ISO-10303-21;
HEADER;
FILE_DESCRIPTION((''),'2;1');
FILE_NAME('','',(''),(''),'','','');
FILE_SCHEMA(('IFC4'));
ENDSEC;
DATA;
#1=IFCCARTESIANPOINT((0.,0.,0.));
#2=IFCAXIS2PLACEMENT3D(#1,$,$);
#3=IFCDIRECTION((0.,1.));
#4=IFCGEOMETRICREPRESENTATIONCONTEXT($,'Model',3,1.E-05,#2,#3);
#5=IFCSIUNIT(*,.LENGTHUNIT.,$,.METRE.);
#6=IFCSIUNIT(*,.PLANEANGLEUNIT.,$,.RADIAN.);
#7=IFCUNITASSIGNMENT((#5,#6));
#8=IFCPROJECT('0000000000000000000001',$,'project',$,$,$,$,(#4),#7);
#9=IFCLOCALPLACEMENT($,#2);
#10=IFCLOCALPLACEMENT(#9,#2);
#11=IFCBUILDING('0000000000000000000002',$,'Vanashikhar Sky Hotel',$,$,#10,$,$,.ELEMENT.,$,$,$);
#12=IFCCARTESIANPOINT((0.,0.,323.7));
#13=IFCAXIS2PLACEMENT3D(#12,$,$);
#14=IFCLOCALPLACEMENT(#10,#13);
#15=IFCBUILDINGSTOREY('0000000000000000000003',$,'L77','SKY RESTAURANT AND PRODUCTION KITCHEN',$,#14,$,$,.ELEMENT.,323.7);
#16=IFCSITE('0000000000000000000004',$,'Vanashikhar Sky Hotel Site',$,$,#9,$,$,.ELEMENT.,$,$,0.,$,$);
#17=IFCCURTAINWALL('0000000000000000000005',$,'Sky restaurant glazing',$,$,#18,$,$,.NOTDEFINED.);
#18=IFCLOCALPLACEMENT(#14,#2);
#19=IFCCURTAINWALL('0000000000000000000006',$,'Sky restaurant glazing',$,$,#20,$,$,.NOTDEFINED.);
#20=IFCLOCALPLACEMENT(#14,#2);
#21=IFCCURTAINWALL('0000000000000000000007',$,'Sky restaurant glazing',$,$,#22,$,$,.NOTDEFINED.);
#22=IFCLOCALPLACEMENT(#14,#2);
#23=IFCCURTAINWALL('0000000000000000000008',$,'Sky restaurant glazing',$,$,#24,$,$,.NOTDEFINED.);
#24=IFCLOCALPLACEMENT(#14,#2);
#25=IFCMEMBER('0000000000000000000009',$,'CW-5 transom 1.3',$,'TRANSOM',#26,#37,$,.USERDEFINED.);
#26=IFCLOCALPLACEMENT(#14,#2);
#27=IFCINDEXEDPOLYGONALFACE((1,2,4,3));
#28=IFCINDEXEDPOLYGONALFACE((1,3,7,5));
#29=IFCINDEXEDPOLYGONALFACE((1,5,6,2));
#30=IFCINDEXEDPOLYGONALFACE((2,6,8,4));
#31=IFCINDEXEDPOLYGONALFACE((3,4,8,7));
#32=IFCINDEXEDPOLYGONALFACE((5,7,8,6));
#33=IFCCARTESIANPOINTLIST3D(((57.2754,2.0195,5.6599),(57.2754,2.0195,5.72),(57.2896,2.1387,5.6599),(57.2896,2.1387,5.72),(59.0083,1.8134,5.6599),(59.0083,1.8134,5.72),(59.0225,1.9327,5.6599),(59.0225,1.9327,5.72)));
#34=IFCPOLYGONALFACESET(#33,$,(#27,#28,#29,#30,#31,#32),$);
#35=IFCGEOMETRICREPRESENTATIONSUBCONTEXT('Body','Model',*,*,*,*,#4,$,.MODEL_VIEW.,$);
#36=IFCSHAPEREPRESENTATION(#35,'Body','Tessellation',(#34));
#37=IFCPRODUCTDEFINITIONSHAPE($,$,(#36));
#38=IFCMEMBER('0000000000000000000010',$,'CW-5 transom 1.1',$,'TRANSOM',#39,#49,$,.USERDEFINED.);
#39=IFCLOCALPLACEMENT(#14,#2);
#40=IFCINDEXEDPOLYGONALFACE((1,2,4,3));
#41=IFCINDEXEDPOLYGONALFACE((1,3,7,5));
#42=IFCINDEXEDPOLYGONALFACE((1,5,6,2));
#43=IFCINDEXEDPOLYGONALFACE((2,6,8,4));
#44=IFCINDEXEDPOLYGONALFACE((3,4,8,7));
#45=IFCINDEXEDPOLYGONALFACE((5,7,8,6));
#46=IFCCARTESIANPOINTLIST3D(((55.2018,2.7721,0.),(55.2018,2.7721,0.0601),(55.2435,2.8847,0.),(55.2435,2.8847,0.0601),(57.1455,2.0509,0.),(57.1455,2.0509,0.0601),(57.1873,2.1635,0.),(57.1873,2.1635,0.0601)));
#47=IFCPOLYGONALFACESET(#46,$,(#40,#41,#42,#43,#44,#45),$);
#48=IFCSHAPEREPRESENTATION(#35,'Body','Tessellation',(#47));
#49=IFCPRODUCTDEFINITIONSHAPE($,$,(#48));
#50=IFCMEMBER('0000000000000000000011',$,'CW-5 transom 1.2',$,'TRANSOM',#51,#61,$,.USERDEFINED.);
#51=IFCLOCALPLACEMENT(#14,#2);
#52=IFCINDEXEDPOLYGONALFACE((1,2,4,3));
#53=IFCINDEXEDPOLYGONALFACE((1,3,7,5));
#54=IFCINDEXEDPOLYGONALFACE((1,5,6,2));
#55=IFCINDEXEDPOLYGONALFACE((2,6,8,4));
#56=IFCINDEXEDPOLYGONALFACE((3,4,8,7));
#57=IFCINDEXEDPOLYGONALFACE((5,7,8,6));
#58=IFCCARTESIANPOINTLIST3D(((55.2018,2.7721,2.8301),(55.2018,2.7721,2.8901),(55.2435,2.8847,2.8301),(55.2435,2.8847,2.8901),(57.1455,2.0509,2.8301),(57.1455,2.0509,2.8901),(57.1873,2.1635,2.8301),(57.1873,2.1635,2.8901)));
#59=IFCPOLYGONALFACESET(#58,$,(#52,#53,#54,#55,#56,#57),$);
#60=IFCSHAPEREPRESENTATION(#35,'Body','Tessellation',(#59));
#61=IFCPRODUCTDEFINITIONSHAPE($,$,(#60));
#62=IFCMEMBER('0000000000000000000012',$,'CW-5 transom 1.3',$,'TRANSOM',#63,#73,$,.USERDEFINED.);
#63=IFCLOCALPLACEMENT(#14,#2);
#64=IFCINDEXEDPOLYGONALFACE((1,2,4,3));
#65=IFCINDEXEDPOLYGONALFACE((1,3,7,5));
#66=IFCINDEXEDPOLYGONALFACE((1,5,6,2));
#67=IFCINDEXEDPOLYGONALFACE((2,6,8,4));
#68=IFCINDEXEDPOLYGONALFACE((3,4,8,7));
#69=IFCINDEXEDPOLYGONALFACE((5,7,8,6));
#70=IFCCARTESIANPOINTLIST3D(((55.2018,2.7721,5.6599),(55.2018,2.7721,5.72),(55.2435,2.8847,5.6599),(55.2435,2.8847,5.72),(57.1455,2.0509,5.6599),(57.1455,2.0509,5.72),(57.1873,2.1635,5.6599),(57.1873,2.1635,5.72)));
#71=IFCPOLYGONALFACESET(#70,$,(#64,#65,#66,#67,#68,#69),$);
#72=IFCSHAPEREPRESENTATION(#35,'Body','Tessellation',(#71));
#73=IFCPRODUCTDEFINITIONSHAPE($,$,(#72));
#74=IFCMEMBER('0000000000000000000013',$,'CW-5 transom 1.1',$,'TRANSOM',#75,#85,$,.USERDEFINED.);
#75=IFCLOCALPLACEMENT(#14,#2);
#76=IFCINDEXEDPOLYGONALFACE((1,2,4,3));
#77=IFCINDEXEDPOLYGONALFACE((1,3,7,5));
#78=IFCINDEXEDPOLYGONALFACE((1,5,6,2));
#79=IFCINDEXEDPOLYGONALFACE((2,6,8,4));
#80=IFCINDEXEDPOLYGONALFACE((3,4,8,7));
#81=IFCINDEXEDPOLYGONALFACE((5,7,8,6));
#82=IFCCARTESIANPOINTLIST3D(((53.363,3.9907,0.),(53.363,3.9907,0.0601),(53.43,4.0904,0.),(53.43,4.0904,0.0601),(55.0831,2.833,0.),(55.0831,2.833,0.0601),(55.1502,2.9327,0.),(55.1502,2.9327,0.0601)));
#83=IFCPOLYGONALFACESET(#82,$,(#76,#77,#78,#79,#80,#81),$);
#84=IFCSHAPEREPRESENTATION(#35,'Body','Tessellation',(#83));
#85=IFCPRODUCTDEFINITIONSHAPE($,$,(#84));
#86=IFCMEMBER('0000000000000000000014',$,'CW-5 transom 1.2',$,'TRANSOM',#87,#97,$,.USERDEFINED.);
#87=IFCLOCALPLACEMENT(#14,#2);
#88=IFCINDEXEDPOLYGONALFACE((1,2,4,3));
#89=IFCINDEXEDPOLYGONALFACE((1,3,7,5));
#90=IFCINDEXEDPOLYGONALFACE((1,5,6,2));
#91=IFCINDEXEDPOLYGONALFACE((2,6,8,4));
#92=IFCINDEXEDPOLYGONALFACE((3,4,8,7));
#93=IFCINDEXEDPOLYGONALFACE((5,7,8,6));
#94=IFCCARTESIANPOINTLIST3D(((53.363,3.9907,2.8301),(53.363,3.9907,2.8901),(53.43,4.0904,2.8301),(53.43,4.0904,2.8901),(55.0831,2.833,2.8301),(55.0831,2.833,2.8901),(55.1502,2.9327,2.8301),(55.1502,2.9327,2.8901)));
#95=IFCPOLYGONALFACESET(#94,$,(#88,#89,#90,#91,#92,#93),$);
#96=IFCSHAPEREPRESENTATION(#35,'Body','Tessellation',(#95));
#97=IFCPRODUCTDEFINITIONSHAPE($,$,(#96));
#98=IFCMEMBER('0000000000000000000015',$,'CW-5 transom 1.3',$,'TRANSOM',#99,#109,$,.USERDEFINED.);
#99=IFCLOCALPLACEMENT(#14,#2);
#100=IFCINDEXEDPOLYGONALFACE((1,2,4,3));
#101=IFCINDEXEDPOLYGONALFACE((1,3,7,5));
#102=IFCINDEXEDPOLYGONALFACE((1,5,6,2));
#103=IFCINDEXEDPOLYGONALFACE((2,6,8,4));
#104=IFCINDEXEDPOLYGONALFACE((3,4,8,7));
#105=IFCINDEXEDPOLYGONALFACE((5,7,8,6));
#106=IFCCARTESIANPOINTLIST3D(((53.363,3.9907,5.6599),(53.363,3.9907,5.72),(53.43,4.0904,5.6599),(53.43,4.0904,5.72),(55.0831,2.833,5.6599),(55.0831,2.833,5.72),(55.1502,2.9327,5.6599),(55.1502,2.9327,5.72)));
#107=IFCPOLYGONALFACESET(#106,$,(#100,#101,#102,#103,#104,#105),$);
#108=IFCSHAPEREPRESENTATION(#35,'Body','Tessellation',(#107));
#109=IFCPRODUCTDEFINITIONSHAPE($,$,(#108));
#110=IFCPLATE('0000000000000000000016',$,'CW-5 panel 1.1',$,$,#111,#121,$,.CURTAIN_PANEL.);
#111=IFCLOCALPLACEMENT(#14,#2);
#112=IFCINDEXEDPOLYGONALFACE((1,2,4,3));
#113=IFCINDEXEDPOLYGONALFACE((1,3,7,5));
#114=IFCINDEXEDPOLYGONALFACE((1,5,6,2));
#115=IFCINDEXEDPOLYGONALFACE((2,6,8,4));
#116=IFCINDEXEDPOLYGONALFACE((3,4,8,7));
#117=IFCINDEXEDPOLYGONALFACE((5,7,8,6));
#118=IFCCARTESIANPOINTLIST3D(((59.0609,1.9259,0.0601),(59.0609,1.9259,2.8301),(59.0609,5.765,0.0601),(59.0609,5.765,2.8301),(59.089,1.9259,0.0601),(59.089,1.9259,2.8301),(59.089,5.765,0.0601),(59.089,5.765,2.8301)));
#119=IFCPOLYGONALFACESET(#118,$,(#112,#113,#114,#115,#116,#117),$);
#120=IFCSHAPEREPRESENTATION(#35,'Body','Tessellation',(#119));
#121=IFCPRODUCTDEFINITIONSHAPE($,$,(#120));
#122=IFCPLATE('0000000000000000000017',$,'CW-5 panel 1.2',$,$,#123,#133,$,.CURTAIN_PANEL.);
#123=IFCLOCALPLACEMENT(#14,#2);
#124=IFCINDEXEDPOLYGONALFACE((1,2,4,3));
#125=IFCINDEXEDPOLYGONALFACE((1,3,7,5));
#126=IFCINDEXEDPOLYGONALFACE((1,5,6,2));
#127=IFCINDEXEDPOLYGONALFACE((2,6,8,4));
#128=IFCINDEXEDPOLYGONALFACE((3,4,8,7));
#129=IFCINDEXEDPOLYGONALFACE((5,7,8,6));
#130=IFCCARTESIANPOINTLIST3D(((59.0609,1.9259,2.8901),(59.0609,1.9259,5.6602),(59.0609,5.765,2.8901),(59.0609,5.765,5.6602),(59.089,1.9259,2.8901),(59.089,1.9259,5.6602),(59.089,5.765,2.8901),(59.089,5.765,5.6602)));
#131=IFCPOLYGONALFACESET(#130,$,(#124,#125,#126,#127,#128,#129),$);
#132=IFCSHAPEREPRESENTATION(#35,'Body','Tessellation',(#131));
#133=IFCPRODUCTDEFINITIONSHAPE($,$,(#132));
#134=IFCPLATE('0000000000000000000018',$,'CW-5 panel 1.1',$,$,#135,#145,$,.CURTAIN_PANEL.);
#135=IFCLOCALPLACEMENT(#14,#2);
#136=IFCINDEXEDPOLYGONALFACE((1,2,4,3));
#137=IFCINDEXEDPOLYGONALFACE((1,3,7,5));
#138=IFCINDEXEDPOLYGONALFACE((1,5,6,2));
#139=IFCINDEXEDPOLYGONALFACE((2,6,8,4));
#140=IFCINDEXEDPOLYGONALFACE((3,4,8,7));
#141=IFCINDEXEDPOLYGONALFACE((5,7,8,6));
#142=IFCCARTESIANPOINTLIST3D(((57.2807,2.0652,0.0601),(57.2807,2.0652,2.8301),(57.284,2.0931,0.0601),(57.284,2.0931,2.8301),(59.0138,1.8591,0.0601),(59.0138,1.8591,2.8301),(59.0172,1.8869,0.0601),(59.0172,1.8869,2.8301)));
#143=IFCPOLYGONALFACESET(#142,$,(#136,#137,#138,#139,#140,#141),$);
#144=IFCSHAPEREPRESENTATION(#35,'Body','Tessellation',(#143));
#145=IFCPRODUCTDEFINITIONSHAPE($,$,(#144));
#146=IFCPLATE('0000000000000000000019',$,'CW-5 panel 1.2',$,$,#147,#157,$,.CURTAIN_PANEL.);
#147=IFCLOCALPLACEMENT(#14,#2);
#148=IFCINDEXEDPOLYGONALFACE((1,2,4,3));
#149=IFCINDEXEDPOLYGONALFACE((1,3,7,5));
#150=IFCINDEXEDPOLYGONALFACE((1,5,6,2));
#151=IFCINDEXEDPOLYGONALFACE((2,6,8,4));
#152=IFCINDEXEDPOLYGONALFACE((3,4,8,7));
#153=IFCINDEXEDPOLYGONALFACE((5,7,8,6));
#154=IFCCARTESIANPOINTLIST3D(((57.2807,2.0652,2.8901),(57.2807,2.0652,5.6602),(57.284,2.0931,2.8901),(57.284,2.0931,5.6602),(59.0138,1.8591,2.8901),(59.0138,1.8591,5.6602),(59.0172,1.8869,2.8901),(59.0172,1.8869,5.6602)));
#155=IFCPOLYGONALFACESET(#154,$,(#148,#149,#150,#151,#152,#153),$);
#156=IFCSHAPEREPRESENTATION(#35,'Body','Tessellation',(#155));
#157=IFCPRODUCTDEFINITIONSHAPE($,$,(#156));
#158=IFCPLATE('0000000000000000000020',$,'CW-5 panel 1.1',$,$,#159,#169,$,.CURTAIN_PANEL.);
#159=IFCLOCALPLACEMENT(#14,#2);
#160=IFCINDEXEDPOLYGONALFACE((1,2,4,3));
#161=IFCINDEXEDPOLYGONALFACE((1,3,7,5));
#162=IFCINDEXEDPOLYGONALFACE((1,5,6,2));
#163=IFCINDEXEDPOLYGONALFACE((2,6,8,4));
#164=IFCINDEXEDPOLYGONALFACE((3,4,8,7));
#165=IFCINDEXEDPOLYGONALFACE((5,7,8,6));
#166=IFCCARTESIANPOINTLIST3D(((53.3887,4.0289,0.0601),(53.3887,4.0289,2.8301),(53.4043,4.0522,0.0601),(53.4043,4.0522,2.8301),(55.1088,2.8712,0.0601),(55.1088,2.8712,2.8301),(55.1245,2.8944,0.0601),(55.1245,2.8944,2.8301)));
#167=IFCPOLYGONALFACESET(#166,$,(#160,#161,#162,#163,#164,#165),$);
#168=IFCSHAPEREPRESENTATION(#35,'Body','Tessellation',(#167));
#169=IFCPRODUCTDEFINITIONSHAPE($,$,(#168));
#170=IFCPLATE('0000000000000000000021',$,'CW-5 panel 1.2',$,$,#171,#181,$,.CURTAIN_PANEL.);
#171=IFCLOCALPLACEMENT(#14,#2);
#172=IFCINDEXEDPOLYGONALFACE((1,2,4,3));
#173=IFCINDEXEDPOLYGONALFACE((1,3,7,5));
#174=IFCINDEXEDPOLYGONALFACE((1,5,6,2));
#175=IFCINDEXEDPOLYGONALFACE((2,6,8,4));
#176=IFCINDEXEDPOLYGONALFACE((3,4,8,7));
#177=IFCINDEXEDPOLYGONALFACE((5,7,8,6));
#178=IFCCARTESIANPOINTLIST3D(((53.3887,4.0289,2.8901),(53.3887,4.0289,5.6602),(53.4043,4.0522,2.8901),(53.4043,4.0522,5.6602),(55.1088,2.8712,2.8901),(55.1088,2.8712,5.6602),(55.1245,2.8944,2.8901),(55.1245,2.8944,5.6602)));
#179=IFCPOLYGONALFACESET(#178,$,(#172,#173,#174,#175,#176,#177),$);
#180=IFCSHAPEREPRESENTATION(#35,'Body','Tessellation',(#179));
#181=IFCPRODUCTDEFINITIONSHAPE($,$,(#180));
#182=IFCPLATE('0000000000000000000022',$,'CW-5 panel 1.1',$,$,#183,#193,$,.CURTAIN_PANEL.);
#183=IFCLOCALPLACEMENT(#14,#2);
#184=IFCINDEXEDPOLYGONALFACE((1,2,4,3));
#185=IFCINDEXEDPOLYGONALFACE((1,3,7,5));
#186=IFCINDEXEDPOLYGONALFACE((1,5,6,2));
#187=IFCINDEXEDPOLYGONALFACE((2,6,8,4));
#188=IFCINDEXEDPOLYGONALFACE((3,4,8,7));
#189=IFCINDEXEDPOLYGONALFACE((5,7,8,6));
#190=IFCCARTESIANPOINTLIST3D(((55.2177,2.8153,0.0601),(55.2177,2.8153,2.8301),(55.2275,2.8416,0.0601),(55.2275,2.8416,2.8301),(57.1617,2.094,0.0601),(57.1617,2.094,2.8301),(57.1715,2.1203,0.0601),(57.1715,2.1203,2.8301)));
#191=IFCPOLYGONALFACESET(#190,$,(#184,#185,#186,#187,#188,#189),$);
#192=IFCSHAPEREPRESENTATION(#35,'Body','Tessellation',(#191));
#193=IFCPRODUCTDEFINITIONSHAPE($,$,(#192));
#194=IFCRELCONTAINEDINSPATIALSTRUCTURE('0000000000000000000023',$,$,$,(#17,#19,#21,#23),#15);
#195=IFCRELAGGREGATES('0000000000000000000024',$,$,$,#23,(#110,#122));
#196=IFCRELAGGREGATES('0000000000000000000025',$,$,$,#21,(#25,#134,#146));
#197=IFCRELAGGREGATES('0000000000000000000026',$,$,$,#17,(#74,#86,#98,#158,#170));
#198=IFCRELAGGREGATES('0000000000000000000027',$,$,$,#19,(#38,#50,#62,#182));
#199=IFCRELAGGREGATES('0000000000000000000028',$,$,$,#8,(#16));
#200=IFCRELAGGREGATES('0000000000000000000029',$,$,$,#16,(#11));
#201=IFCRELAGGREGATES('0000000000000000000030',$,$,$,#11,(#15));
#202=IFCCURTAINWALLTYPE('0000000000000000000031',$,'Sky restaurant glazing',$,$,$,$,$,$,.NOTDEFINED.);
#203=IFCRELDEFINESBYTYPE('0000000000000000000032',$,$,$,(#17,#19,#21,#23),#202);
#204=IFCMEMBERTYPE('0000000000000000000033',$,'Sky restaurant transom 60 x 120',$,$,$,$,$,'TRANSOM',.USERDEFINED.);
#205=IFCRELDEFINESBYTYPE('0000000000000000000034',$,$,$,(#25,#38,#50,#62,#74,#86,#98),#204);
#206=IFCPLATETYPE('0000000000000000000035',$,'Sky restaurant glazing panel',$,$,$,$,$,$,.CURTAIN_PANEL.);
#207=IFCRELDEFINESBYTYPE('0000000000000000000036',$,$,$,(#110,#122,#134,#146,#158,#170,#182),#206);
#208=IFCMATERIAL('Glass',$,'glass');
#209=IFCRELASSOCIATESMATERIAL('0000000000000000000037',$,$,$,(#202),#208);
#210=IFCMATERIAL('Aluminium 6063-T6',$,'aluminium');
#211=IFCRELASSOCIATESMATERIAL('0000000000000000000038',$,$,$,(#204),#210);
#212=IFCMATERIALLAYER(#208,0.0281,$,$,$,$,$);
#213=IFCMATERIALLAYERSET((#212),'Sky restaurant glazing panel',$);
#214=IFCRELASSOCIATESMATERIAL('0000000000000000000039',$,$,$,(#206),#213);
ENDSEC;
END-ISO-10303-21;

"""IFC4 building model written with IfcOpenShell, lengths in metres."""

from ifc_helpers import new_model, si_unit, direction, frame, origin, origin_2d, place, context, subcontext, project, spatial, rectangle, extrude, source, transform, mapped, material, layer, layer_set, material_profile, profile_set, type_object, element, aggregate, save


model = new_model("IFC4")

# Units and contexts
model_context = context("Model", 3, precision=1e-05, world=origin(), true_north=direction((0.0, 1.0)))
body_context = subcontext(model_context, "Body", "Model", "MODEL_VIEW")
ifc_project = project(units=[si_unit("LENGTHUNIT", "METRE"), si_unit("PLANEANGLEUNIT", "RADIAN")], contexts=[model_context])

# Site, building, storey
site_placement = place(None, origin())
site = spatial("IfcSite", under=ifc_project, at=site_placement, Name="Vanashikhar Sky Hotel Site", CompositionType="ELEMENT", RefElevation=0.0)
building_placement = place(site_placement, origin())
building = spatial("IfcBuilding", under=site, at=building_placement, Name="Vanashikhar Sky Hotel", CompositionType="ELEMENT")
storey_placement = place(building_placement, frame((0.0, 0.0, 323.7)))
storey = spatial("IfcBuildingStorey", under=building, at=storey_placement, Name="L77", Description="SKY RESTAURANT AND PRODUCTION KITCHEN", CompositionType="ELEMENT", Elevation=323.7)

# Shared definitions
ifc_material_1 = material(Name="Glass", Category="glass")
curtain_wall_type = type_object("IfcCurtainWallType", Name="Sky restaurant glazing", PredefinedType="NOTDEFINED", material=ifc_material_1)
ifc_material_2 = material(Name="Aluminium 6063-T6", Category="aluminium")

# Curtain walls
curtain_wall_1_placement = place(storey_placement, origin())
curtain_wall_1 = element("IfcCurtainWall", 1, at=curtain_wall_1_placement, inside=storey, type_object=curtain_wall_type, Name="Sky restaurant glazing", PredefinedType="NOTDEFINED")
curtain_wall_2_placement = place(storey_placement, origin())
curtain_wall_2 = element("IfcCurtainWall", 2, at=curtain_wall_2_placement, inside=storey, type_object=curtain_wall_type, Name="Sky restaurant glazing", PredefinedType="NOTDEFINED")
curtain_wall_3_placement = place(storey_placement, origin())
curtain_wall_3 = element("IfcCurtainWall", 3, at=curtain_wall_3_placement, inside=storey, type_object=curtain_wall_type, Name="Sky restaurant glazing", PredefinedType="NOTDEFINED")
curtain_wall_4_placement = place(storey_placement, origin())
curtain_wall_4 = element("IfcCurtainWall", 4, at=curtain_wall_4_placement, inside=storey, type_object=curtain_wall_type, Name="Sky restaurant glazing", PredefinedType="NOTDEFINED")
ifc_material_profile_1 = material_profile(ifc_material_2, rectangle(XDim=0.1201, YDim=0.0601, at=origin_2d()))
ifc_profile_set_1 = profile_set([ifc_material_profile_1], Name="Aluminium 6063-T6")
member_type_1 = type_object("IfcMemberType", Name="Sky restaurant transom 60 x 120", ElementType="TRANSOM", PredefinedType="USERDEFINED", material=ifc_profile_set_1)

# Members
shared_shape_1 = source(origin(), body_context, "Body", "SweptSolid", [
    extrude(rectangle(XDim=0.1201, YDim=0.0601, at=origin_2d()), origin(), (0.0, 0.0, 1.0), 1.7451),
])
member_1_placement = place(storey_placement, frame((57.2825, 2.0791, 5.6899), z_axis=(0.993005, -0.118075, 0.0), x_axis=(0.118075, 0.993005, 0.0)))
member_1 = element("IfcMember", 5, at=member_1_placement, type_object=member_type_1, Name="CW-5 transom 1.3", ObjectType="TRANSOM", PredefinedType="USERDEFINED", context=body_context, shape_type="MappedRepresentation", body=[
    mapped(shared_shape_1, transform((0.0, 0.0, 0.0), scale=1.0)),
])
shared_shape_2 = source(origin(), body_context, "Body", "SweptSolid", [
    extrude(rectangle(XDim=0.1201, YDim=0.0601, at=origin_2d()), origin(), (0.0, 0.0, 1.0), 2.0732),
])
member_2_placement = place(storey_placement, frame((55.2227, 2.8284, 0.03), z_axis=(0.937553, -0.347844, 0.0), x_axis=(0.347844, 0.937553, 0.0)))
member_2 = element("IfcMember", 6, at=member_2_placement, type_object=member_type_1, Name="CW-5 transom 1.1", ObjectType="TRANSOM", PredefinedType="USERDEFINED", context=body_context, shape_type="MappedRepresentation", body=[
    mapped(shared_shape_2, transform((0.0, 0.0, 0.0), scale=1.0)),
])
member_3_placement = place(storey_placement, frame((55.2227, 2.8284, 2.8601), z_axis=(0.937553, -0.347844, 0.0), x_axis=(0.347844, 0.937553, 0.0)))
member_3 = element("IfcMember", 7, at=member_3_placement, type_object=member_type_1, Name="CW-5 transom 1.2", ObjectType="TRANSOM", PredefinedType="USERDEFINED", context=body_context, shape_type="MappedRepresentation", body=[
    mapped(shared_shape_2, transform((0.0, 0.0, 0.0), scale=1.0)),
])
member_4_placement = place(storey_placement, frame((55.2227, 2.8284, 5.6899), z_axis=(0.937553, -0.347844, 0.0), x_axis=(0.347844, 0.937553, 0.0)))
member_4 = element("IfcMember", 8, at=member_4_placement, type_object=member_type_1, Name="CW-5 transom 1.3", ObjectType="TRANSOM", PredefinedType="USERDEFINED", context=body_context, shape_type="MappedRepresentation", body=[
    mapped(shared_shape_2, transform((0.0, 0.0, 0.0), scale=1.0)),
])
shared_shape_3 = source(origin(), body_context, "Body", "SweptSolid", [
    extrude(rectangle(XDim=0.1201, YDim=0.0601, at=origin_2d()), origin(), (0.0, 0.0, 1.0), 2.0735),
])
member_5_placement = place(storey_placement, frame((53.3965, 4.0405, 0.03), z_axis=(0.829615, -0.558336, 0.0), x_axis=(0.558336, 0.829615, 0.0)))
member_5 = element("IfcMember", 9, at=member_5_placement, type_object=member_type_1, Name="CW-5 transom 1.1", ObjectType="TRANSOM", PredefinedType="USERDEFINED", context=body_context, shape_type="MappedRepresentation", body=[
    mapped(shared_shape_3, transform((0.0, 0.0, 0.0), scale=1.0)),
])
member_6_placement = place(storey_placement, frame((53.3965, 4.0405, 2.8601), z_axis=(0.829615, -0.558336, 0.0), x_axis=(0.558336, 0.829615, 0.0)))
member_6 = element("IfcMember", 10, at=member_6_placement, type_object=member_type_1, Name="CW-5 transom 1.2", ObjectType="TRANSOM", PredefinedType="USERDEFINED", context=body_context, shape_type="MappedRepresentation", body=[
    mapped(shared_shape_3, transform((0.0, 0.0, 0.0), scale=1.0)),
])
member_7_placement = place(storey_placement, frame((53.3965, 4.0405, 5.6899), z_axis=(0.829615, -0.558336, 0.0), x_axis=(0.558336, 0.829615, 0.0)))
member_7 = element("IfcMember", 11, at=member_7_placement, type_object=member_type_1, Name="CW-5 transom 1.3", ObjectType="TRANSOM", PredefinedType="USERDEFINED", context=body_context, shape_type="MappedRepresentation", body=[
    mapped(shared_shape_3, transform((0.0, 0.0, 0.0), scale=1.0)),
])

# Plates
ifc_layer_1 = layer(ifc_material_1, 0.0281)
ifc_layer_set_1 = layer_set([ifc_layer_1], Name="Sky restaurant glazing panel")
plate_type = type_object("IfcPlateType", Name="Sky restaurant glazing panel", PredefinedType="CURTAIN_PANEL", material=ifc_layer_set_1)
shared_shape_4 = source(origin(), body_context, "Body", "SweptSolid", [
    extrude(rectangle(XDim=3.8391, YDim=0.0281, at=origin_2d()), origin(), (0.0, 0.0, 1.0), 2.77),
])
plate_1_placement = place(storey_placement, frame((59.075, 3.8455, 0.0601), z_axis=(0.0, 0.0, 1.0), x_axis=(0.0, 1.0, 0.0)))
plate_1 = element("IfcPlate", 12, at=plate_1_placement, type_object=plate_type, Name="CW-5 panel 1.1", PredefinedType="CURTAIN_PANEL", context=body_context, shape_type="MappedRepresentation", body=[
    mapped(shared_shape_4, transform((0.0, 0.0, 0.0), scale=1.0)),
])
plate_2_placement = place(storey_placement, frame((59.075, 3.8455, 2.8901), z_axis=(0.0, 0.0, 1.0), x_axis=(0.0, 1.0, 0.0)))
plate_2 = element("IfcPlate", 13, at=plate_2_placement, type_object=plate_type, Name="CW-5 panel 1.2", PredefinedType="CURTAIN_PANEL", context=body_context, shape_type="MappedRepresentation", body=[
    mapped(shared_shape_4, transform((0.0, 0.0, 0.0), scale=1.0)),
])
aggregate(curtain_wall_4, [plate_1, plate_2])
shared_shape_5 = source(origin(), body_context, "Body", "SweptSolid", [
    extrude(rectangle(XDim=1.7454, YDim=0.0281, at=origin_2d()), origin(), (0.0, 0.0, 1.0), 2.77),
])
plate_3_placement = place(storey_placement, frame((58.1489, 1.9761, 0.0601), z_axis=(0.0, 0.0, 1.0), x_axis=(0.993001, -0.118107, 0.0)))
plate_3 = element("IfcPlate", 14, at=plate_3_placement, type_object=plate_type, Name="CW-5 panel 1.1", PredefinedType="CURTAIN_PANEL", context=body_context, shape_type="MappedRepresentation", body=[
    mapped(shared_shape_5, transform((0.0, 0.0, 0.0), scale=1.0)),
])
plate_4_placement = place(storey_placement, frame((58.1489, 1.9761, 2.8901), z_axis=(0.0, 0.0, 1.0), x_axis=(0.993001, -0.118107, 0.0)))
plate_4 = element("IfcPlate", 15, at=plate_4_placement, type_object=plate_type, Name="CW-5 panel 1.2", PredefinedType="CURTAIN_PANEL", context=body_context, shape_type="MappedRepresentation", body=[
    mapped(shared_shape_5, transform((0.0, 0.0, 0.0), scale=1.0)),
])
aggregate(curtain_wall_3, [member_1, plate_3, plate_4])
shared_shape_6 = source(origin(), body_context, "Body", "SweptSolid", [
    extrude(rectangle(XDim=2.0735, YDim=0.0281, at=origin_2d()), origin(), (0.0, 0.0, 1.0), 2.77),
])
plate_5_placement = place(storey_placement, frame((54.2566, 3.4617, 0.0601), z_axis=(0.0, 0.0, 1.0), x_axis=(0.829602, -0.558356, 0.0)))
plate_5 = element("IfcPlate", 16, at=plate_5_placement, type_object=plate_type, Name="CW-5 panel 1.1", PredefinedType="CURTAIN_PANEL", context=body_context, shape_type="MappedRepresentation", body=[
    mapped(shared_shape_6, transform((0.0, 0.0, 0.0), scale=1.0)),
])
plate_6_placement = place(storey_placement, frame((54.2566, 3.4617, 2.8901), z_axis=(0.0, 0.0, 1.0), x_axis=(0.829602, -0.558356, 0.0)))
plate_6 = element("IfcPlate", 17, at=plate_6_placement, type_object=plate_type, Name="CW-5 panel 1.2", PredefinedType="CURTAIN_PANEL", context=body_context, shape_type="MappedRepresentation", body=[
    mapped(shared_shape_6, transform((0.0, 0.0, 0.0), scale=1.0)),
])
aggregate(curtain_wall_1, [member_5, member_6, member_7, plate_5, plate_6])
plate_7_placement = place(storey_placement, frame((56.1946, 2.4678, 0.0601), z_axis=(0.0, 0.0, 1.0), x_axis=(0.937545, -0.347864, 0.0)))
plate_7 = element("IfcPlate", 18, at=plate_7_placement, type_object=plate_type, Name="CW-5 panel 1.1", PredefinedType="CURTAIN_PANEL", context=body_context, shape_type="MappedRepresentation", body=[
    mapped(shared_shape_6, transform((0.0, 0.0, 0.0), scale=1.0)),
])
aggregate(curtain_wall_2, [member_2, member_3, member_4, plate_7])

save(model, "model.ifc")
